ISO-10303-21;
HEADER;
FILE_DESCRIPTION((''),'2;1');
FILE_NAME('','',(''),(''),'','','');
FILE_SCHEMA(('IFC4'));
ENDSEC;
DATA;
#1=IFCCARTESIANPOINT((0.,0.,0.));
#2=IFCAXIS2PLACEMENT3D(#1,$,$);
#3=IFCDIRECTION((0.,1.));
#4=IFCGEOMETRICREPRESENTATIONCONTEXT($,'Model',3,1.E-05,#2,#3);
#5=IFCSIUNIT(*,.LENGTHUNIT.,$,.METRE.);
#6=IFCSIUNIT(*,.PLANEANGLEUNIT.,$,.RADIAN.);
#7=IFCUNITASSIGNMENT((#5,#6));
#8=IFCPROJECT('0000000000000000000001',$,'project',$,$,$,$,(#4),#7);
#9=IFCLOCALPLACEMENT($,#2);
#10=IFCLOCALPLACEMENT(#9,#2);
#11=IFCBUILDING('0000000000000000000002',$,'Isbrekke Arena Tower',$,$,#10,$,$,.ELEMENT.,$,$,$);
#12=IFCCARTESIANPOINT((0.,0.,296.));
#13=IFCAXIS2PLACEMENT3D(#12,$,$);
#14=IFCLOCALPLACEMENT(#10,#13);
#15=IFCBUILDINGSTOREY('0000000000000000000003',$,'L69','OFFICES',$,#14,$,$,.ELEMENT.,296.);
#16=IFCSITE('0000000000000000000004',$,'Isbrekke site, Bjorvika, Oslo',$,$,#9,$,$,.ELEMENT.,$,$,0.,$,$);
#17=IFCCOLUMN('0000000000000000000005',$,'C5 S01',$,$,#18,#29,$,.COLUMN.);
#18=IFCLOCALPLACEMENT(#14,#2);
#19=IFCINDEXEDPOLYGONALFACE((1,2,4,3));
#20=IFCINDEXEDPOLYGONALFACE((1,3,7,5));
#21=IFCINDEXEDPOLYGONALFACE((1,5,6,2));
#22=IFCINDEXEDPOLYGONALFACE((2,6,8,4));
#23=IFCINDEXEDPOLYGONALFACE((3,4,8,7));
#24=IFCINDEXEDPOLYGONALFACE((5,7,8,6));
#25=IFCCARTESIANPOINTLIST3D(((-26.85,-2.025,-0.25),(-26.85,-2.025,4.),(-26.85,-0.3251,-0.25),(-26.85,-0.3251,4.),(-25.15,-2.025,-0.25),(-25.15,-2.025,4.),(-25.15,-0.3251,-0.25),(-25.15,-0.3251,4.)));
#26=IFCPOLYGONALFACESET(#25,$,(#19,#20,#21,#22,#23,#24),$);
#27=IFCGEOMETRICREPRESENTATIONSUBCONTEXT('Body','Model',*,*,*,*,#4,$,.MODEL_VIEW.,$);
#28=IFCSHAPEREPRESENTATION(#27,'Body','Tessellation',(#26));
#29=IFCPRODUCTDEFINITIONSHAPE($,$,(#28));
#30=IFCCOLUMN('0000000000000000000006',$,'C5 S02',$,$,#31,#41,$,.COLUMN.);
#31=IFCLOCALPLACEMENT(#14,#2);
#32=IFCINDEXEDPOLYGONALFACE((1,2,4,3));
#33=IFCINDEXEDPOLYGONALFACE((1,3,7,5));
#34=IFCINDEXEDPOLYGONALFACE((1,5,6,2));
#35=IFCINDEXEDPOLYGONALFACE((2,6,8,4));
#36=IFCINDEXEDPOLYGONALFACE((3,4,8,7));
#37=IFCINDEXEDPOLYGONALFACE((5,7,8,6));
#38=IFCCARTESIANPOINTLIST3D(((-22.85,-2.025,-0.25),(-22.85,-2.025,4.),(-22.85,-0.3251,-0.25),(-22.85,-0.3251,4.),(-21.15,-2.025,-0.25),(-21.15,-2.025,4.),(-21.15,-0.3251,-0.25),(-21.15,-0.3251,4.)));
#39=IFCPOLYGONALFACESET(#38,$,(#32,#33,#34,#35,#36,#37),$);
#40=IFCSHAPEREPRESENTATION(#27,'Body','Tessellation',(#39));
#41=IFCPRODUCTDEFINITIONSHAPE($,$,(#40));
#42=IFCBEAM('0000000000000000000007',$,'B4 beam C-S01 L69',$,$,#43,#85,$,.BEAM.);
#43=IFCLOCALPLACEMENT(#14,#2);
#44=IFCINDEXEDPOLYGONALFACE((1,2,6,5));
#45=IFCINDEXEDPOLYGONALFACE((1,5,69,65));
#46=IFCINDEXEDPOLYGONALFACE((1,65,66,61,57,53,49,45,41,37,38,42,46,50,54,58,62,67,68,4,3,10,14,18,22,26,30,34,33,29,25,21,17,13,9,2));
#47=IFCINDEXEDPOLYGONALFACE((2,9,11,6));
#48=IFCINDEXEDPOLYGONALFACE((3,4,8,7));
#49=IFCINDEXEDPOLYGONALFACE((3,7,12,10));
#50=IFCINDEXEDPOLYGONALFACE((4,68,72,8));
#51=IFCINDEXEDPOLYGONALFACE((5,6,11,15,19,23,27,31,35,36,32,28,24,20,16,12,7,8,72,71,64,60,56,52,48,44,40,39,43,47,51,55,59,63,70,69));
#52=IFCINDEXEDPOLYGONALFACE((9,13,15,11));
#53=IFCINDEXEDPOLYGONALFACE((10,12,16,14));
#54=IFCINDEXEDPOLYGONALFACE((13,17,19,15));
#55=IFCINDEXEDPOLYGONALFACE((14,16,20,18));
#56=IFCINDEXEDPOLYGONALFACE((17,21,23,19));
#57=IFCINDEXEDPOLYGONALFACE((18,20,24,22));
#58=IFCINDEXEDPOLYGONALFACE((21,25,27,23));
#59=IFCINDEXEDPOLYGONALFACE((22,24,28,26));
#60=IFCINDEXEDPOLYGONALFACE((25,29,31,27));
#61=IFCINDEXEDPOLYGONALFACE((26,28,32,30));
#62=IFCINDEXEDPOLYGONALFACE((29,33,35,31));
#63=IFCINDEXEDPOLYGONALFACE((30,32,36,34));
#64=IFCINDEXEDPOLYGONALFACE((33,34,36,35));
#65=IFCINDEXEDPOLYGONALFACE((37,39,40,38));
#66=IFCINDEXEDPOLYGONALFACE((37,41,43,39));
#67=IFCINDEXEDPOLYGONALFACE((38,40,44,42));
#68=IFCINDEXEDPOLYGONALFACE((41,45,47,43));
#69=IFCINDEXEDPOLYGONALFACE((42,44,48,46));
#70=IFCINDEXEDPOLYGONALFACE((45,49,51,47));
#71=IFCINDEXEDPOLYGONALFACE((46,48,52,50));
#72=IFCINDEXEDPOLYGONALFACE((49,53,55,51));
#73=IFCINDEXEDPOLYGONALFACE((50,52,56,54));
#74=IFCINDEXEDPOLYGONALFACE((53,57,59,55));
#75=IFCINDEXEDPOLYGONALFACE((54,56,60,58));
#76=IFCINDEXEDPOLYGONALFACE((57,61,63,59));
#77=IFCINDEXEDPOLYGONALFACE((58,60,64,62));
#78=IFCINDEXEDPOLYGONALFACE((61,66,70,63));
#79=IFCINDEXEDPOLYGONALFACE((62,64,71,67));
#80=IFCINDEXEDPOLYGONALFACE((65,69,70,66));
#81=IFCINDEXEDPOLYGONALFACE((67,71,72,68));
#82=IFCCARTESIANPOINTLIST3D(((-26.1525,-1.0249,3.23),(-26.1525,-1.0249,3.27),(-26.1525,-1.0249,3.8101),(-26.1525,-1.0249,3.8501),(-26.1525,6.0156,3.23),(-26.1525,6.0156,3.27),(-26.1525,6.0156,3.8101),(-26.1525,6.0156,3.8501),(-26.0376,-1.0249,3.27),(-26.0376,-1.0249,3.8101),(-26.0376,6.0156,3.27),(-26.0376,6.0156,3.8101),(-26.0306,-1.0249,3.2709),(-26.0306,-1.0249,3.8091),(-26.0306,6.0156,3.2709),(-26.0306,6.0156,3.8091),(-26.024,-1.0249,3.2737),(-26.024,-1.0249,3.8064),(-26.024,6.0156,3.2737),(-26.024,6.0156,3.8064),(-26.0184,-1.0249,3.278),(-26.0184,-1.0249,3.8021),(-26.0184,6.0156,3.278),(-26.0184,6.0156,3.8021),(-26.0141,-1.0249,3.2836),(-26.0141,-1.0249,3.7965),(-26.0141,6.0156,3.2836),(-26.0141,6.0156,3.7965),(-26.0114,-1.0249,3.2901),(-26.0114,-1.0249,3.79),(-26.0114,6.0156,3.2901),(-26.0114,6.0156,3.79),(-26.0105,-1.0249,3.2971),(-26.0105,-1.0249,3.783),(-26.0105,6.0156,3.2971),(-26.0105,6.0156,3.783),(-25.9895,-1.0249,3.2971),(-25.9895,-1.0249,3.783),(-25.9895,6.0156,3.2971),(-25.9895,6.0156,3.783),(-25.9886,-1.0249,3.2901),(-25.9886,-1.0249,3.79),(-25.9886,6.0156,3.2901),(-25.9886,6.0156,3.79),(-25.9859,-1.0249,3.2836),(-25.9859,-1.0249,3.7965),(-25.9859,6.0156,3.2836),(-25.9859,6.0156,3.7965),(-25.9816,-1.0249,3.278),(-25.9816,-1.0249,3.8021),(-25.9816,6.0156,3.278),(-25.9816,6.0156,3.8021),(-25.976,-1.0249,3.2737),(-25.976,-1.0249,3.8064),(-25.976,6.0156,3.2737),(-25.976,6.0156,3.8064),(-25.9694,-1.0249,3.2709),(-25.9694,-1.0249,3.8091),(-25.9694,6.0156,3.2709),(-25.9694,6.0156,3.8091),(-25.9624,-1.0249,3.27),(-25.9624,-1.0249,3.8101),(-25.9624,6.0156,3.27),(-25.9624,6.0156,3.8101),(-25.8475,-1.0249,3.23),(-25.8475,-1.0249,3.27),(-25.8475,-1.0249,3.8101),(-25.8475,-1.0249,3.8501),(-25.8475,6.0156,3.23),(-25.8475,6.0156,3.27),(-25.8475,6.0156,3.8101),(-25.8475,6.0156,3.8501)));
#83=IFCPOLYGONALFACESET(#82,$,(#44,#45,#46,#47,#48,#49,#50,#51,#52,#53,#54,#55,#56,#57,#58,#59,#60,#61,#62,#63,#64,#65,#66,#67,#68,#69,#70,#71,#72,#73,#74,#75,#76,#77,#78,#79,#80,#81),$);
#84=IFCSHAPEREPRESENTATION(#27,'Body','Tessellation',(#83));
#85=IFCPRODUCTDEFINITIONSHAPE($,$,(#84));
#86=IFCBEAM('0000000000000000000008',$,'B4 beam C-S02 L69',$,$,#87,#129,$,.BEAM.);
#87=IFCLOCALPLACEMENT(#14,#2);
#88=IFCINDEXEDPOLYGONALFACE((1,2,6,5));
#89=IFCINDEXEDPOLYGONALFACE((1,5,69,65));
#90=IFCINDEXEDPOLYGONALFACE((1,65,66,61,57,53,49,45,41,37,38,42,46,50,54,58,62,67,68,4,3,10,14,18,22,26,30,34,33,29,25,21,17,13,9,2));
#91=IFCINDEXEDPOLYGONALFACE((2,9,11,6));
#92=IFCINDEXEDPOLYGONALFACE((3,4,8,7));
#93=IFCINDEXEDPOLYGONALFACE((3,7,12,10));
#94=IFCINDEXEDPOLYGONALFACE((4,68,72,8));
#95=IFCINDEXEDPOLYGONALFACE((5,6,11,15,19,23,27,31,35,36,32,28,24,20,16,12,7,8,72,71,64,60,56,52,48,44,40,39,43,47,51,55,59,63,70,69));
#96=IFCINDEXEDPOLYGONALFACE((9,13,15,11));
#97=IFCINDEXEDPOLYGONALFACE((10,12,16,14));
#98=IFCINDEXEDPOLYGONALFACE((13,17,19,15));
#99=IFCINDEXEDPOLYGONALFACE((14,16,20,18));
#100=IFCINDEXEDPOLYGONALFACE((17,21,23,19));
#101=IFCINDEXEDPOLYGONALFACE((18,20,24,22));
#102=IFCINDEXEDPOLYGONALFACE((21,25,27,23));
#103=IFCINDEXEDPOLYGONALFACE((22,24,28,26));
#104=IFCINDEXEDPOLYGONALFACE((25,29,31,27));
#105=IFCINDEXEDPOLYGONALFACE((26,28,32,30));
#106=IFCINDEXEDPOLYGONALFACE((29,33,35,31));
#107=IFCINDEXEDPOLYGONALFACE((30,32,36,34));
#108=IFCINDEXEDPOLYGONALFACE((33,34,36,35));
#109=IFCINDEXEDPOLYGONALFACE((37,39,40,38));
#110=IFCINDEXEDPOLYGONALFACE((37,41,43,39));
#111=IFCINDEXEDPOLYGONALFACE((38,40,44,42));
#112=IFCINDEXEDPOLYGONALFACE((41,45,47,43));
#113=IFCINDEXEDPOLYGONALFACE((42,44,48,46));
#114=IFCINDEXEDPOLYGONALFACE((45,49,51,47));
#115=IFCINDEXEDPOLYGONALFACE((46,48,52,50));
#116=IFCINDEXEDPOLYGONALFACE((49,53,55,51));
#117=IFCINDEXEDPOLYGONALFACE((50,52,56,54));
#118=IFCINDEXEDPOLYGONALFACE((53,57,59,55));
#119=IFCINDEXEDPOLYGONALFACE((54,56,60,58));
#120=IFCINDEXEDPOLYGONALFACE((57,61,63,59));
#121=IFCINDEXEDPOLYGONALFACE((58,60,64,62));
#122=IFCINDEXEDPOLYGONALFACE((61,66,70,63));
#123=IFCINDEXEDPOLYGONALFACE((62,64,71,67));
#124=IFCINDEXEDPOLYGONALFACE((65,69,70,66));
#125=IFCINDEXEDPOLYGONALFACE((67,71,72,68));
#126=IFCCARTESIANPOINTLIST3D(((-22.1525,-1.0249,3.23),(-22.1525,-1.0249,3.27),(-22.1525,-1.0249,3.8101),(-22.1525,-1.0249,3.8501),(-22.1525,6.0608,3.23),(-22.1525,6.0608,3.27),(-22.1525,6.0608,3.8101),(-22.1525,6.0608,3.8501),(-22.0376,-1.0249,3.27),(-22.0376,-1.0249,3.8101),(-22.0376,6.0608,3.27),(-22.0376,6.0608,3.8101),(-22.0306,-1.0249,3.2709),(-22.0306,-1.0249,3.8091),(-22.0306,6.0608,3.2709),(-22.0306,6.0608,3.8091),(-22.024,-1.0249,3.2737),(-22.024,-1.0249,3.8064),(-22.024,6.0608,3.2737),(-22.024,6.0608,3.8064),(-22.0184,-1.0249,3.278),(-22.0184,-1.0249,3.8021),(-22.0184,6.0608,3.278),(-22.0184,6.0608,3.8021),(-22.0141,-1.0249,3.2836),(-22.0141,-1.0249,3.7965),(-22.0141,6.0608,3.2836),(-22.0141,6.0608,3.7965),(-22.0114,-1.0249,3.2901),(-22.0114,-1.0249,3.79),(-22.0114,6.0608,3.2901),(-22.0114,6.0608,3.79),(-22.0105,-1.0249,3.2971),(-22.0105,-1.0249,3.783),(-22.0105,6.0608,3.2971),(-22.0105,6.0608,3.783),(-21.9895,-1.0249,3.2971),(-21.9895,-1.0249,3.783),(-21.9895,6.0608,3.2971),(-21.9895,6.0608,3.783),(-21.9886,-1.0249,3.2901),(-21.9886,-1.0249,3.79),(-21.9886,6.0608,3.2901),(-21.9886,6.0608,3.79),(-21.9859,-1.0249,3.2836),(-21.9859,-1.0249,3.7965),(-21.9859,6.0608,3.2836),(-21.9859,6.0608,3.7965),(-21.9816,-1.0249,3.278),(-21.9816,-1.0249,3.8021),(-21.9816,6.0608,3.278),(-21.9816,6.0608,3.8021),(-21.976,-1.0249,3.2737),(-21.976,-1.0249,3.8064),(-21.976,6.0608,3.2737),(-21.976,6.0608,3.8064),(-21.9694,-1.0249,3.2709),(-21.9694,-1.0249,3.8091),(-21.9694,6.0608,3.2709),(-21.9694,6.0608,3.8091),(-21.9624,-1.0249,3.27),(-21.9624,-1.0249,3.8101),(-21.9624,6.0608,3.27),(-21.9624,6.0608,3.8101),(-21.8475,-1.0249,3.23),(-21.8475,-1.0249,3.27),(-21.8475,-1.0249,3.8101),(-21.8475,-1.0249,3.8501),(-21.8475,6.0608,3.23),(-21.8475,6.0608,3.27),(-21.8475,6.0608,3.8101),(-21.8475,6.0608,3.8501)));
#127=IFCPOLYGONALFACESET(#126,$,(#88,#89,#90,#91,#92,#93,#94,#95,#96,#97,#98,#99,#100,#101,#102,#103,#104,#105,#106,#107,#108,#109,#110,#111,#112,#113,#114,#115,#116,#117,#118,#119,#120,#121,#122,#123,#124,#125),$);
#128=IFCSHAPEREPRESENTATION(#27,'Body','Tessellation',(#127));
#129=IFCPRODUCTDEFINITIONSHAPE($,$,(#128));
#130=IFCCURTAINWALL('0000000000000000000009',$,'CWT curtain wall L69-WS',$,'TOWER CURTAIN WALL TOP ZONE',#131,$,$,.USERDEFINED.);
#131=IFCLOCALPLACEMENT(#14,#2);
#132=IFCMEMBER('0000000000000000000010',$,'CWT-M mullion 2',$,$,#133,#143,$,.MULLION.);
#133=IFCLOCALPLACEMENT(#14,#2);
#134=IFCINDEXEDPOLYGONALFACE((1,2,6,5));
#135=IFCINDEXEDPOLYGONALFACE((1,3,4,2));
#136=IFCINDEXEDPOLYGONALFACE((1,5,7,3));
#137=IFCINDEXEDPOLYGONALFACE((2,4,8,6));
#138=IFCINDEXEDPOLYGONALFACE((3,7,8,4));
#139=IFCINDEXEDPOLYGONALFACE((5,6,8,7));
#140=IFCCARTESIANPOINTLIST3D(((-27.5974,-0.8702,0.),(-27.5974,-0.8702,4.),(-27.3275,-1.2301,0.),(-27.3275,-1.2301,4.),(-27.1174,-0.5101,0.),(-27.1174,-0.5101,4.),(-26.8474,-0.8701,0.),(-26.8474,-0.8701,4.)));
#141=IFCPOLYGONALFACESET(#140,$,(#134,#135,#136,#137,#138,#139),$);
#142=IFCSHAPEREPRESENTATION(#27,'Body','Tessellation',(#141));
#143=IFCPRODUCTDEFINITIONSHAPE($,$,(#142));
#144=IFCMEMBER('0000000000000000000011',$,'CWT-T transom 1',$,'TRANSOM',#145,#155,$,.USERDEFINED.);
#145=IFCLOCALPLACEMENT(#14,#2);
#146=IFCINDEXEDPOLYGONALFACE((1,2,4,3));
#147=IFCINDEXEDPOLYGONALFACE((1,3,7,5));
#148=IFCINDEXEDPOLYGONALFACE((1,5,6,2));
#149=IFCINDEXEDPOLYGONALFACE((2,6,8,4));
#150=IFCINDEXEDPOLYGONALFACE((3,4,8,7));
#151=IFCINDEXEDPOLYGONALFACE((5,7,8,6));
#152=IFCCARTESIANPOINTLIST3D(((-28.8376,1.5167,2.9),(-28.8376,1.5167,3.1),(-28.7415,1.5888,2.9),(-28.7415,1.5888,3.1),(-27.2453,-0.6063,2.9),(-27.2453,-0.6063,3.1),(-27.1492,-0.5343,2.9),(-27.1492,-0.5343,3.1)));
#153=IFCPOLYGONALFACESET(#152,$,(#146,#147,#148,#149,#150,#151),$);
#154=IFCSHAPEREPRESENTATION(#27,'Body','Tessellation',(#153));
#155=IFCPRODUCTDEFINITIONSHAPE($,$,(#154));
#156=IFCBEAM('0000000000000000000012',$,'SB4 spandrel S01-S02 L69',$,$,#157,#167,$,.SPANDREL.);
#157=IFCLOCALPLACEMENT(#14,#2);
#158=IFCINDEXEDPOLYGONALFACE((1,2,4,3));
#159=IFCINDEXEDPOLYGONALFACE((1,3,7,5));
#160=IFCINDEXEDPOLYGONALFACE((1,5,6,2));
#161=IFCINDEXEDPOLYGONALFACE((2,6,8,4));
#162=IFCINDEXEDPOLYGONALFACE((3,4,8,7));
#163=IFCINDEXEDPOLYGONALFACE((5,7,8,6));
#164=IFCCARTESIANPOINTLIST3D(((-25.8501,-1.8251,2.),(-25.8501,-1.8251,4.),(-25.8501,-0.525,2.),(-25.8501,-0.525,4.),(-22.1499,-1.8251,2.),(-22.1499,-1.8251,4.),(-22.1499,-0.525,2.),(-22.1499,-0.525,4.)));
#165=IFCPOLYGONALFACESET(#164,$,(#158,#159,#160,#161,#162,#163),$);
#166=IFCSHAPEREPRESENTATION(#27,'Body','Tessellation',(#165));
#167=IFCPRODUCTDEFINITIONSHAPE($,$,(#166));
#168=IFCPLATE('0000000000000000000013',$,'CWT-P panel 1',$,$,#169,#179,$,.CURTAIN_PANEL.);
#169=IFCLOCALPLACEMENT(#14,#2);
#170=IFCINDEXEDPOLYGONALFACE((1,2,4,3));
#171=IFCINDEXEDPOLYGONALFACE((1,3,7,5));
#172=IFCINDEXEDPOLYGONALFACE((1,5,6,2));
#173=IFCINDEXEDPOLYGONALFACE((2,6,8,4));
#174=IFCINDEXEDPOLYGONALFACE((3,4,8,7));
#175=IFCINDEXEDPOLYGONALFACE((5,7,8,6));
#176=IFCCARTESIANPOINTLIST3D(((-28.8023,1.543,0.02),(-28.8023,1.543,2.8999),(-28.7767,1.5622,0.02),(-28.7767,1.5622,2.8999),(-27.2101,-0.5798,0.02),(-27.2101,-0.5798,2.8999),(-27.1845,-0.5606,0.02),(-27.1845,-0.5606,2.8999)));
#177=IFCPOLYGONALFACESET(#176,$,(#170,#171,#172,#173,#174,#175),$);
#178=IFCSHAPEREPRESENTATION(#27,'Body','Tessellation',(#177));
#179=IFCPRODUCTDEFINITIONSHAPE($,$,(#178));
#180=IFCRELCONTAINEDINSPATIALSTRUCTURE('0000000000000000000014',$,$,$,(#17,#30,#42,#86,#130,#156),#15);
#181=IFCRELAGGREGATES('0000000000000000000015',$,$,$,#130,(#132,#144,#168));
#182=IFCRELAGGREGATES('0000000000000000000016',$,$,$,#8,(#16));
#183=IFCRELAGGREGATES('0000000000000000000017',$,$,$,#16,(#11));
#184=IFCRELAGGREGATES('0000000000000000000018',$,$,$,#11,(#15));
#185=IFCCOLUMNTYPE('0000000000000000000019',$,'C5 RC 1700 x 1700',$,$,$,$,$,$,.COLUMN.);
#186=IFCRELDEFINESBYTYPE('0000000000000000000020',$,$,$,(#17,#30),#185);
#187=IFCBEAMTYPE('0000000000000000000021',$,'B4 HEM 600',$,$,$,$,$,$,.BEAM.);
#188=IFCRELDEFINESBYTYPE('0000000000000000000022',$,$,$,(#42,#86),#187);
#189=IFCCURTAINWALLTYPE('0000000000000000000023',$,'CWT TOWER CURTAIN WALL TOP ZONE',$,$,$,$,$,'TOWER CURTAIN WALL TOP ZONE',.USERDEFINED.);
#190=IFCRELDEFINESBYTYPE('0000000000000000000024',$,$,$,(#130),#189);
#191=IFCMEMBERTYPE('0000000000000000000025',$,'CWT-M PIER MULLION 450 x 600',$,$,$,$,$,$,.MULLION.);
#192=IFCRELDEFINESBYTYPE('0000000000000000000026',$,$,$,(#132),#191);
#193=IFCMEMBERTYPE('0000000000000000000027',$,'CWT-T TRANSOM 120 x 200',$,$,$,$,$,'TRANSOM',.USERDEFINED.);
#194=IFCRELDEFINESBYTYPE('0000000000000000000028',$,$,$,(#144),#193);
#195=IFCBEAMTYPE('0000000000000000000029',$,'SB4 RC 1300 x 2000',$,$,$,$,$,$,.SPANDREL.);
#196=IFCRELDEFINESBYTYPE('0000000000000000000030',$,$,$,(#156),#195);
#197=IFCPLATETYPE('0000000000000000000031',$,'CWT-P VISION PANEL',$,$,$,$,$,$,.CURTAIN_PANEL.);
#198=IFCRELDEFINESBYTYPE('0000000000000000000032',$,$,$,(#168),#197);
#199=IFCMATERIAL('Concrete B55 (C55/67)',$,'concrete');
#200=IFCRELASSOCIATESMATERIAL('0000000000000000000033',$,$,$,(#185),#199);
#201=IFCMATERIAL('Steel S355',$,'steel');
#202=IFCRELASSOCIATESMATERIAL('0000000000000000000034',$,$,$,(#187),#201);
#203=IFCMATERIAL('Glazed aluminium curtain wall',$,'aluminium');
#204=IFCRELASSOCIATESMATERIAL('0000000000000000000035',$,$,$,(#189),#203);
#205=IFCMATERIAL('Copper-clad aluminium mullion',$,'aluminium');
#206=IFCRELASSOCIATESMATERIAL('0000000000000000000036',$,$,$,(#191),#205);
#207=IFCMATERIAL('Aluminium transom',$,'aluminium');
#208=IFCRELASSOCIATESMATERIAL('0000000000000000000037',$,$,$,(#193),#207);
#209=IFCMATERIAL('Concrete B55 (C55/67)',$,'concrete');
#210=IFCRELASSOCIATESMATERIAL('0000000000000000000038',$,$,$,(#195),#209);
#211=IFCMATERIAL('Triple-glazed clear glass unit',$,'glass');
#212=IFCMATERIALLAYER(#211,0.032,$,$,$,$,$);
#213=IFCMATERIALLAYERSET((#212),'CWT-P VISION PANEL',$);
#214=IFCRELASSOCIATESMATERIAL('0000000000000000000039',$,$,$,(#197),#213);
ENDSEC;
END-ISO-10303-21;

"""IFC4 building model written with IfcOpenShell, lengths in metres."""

from ifc_helpers import new_model, si_unit, direction, frame, origin, origin_2d, place, context, subcontext, project, spatial, rectangle, i_section, extrude, material, layer, layer_set, material_profile, profile_set, type_object, element, aggregate, save


model = new_model("IFC4")

# Units and contexts
model_context = context("Model", 3, precision=1e-05, world=origin(), true_north=direction((0.0, 1.0)))
body_context = subcontext(model_context, "Body", "Model", "MODEL_VIEW")
ifc_project = project(units=[si_unit("LENGTHUNIT", "METRE"), si_unit("PLANEANGLEUNIT", "RADIAN")], contexts=[model_context])

# Site, building, storey
site_placement = place(None, origin())
site = spatial("IfcSite", under=ifc_project, at=site_placement, Name="Isbrekke site, Bjorvika, Oslo", CompositionType="ELEMENT", RefElevation=0.0)
building_placement = place(site_placement, origin())
building = spatial("IfcBuilding", under=site, at=building_placement, Name="Isbrekke Arena Tower", CompositionType="ELEMENT")
storey_placement = place(building_placement, frame((0.0, 0.0, 296.0)))
storey = spatial("IfcBuildingStorey", under=building, at=storey_placement, Name="L69", Description="OFFICES", CompositionType="ELEMENT", Elevation=296.0)

# Columns
ifc_material_1 = material(Name="Concrete B55 (C55/67)", Category="concrete")
ifc_material_profile_1 = material_profile(ifc_material_1, rectangle(XDim=1.7, YDim=1.7, at=origin_2d()), Name="RC 1700x1700")
ifc_profile_set_1 = profile_set([ifc_material_profile_1], Name="Concrete B55 (C55/67)")
column_type = type_object("IfcColumnType", Name="C5 RC 1700 x 1700", PredefinedType="COLUMN", material=ifc_profile_set_1)
for number, where, z_axis, x_axis, name in (
    (1, (-26.0, -1.175, -0.25), (0.0, 0.0, 1.0), (1.0, 0.0, 0.0), "C5 S01"),
    (2, (-22.0, -1.175, -0.25), (0.0, 0.0, 1.0), (1.0, 0.0, 0.0), "C5 S02"),
):
    element("IfcColumn", number, at=place(storey_placement, frame(where, z_axis=z_axis, x_axis=x_axis)), inside=storey, type_object=column_type, Name=name, PredefinedType="COLUMN", context=body_context, shape_type="SweptSolid", body=[
        extrude(rectangle(XDim=1.7, YDim=1.7, at=origin_2d()), origin(), (0.0, 0.0, 1.0), 4.25),
    ])

# Beams
ifc_material_2 = material(Name="Steel S355", Category="steel")
ifc_material_profile_2 = material_profile(ifc_material_2, i_section(OverallWidth=0.3049, OverallDepth=0.6201, WebThickness=0.021, FlangeThickness=0.04, FilletRadius=0.0271, at=origin_2d()), Name="HEM 600")
ifc_profile_set_2 = profile_set([ifc_material_profile_2], Name="Steel S355")
beam_type_1 = type_object("IfcBeamType", Name="B4 HEM 600", PredefinedType="BEAM", material=ifc_profile_set_2)
beam_1_placement = place(storey_placement, frame((-26.0, -1.0249, 3.54), z_axis=(0.0, 1.0, 0.0), x_axis=(-1.0, 0.0, 0.0)))
element("IfcBeam", 3, at=beam_1_placement, inside=storey, type_object=beam_type_1, Name="B4 beam C-S01 L69", PredefinedType="BEAM", context=body_context, shape_type="SweptSolid", body=[
    extrude(i_section(OverallWidth=0.3049, OverallDepth=0.6201, WebThickness=0.021, FlangeThickness=0.04, FilletRadius=0.0271, at=origin_2d()), origin(), (0.0, 0.0, 1.0), 7.0405),
])
beam_2_placement = place(storey_placement, frame((-22.0, -1.0249, 3.54), z_axis=(0.0, 1.0, 0.0), x_axis=(-1.0, 0.0, 0.0)))
element("IfcBeam", 4, at=beam_2_placement, inside=storey, type_object=beam_type_1, Name="B4 beam C-S02 L69", PredefinedType="BEAM", context=body_context, shape_type="SweptSolid", body=[
    extrude(i_section(OverallWidth=0.3049, OverallDepth=0.6201, WebThickness=0.021, FlangeThickness=0.04, FilletRadius=0.0271, at=origin_2d()), origin(), (0.0, 0.0, 1.0), 7.0857),
])

# Curtain wall, members
ifc_material_3 = material(Name="Glazed aluminium curtain wall", Category="aluminium")
curtain_wall_type = type_object("IfcCurtainWallType", Name="CWT TOWER CURTAIN WALL TOP ZONE", ElementType="TOWER CURTAIN WALL TOP ZONE", PredefinedType="USERDEFINED", material=ifc_material_3)
curtain_wall_placement = place(storey_placement, origin())
curtain_wall = element("IfcCurtainWall", 5, at=curtain_wall_placement, inside=storey, type_object=curtain_wall_type, Name="CWT curtain wall L69-WS", ObjectType="TOWER CURTAIN WALL TOP ZONE", PredefinedType="USERDEFINED")
ifc_material_4 = material(Name="Copper-clad aluminium mullion", Category="aluminium")
ifc_material_profile_3 = material_profile(ifc_material_4, rectangle(XDim=0.45, YDim=0.6001, at=origin_2d()), Name="PIER 450X600")
ifc_profile_set_3 = profile_set([ifc_material_profile_3], Name="Copper-clad aluminium mullion")
member_type_1 = type_object("IfcMemberType", Name="CWT-M PIER MULLION 450 x 600", PredefinedType="MULLION", material=ifc_profile_set_3)
member_1_placement = place(storey_placement, frame((-27.2224, -0.8701, 0.0), z_axis=(0.0, 0.0, 1.0), x_axis=(0.6, -0.8, 0.0)))
member_1 = element("IfcMember", 6, at=member_1_placement, type_object=member_type_1, Name="CWT-M mullion 2", PredefinedType="MULLION", context=body_context, shape_type="SweptSolid", body=[
    extrude(rectangle(XDim=0.45, YDim=0.6001, at=origin_2d()), origin(), (0.0, 0.0, 1.0), 4.0),
])
ifc_material_5 = material(Name="Aluminium transom", Category="aluminium")
ifc_material_profile_4 = material_profile(ifc_material_5, rectangle(XDim=0.1201, YDim=0.2, at=origin_2d()), Name="TRANSOM 120X200")
ifc_profile_set_4 = profile_set([ifc_material_profile_4], Name="Aluminium transom")
member_type_2 = type_object("IfcMemberType", Name="CWT-T TRANSOM 120 x 200", ElementType="TRANSOM", PredefinedType="USERDEFINED", material=ifc_profile_set_4)
member_2_placement = place(storey_placement, frame((-28.7896, 1.5527, 3.0), z_axis=(0.6, -0.8, 0.0), x_axis=(0.8, 0.6, 0.0)))
member_2 = element("IfcMember", 7, at=member_2_placement, type_object=member_type_2, Name="CWT-T transom 1", ObjectType="TRANSOM", PredefinedType="USERDEFINED", context=body_context, shape_type="SweptSolid", body=[
    extrude(rectangle(XDim=0.1201, YDim=0.2, at=origin_2d()), origin(), (0.0, 0.0, 1.0), 2.6538),
])

# Beam
ifc_material_6 = material(Name="Concrete B55 (C55/67)", Category="concrete")
ifc_material_profile_5 = material_profile(ifc_material_6, rectangle(XDim=1.3, YDim=2.0, at=origin_2d()), Name="RC 1300x2000")
ifc_profile_set_5 = profile_set([ifc_material_profile_5], Name="Concrete B55 (C55/67)")
beam_type_2 = type_object("IfcBeamType", Name="SB4 RC 1300 x 2000", PredefinedType="SPANDREL", material=ifc_profile_set_5)
beam_3_placement = place(storey_placement, frame((-25.8501, -1.175, 3.0), z_axis=(1.0, 0.0, 0.0), x_axis=(0.0, 1.0, 0.0)))
element("IfcBeam", 8, at=beam_3_placement, inside=storey, type_object=beam_type_2, Name="SB4 spandrel S01-S02 L69", PredefinedType="SPANDREL", context=body_context, shape_type="SweptSolid", body=[
    extrude(rectangle(XDim=1.3, YDim=2.0, at=origin_2d()), origin(), (0.0, 0.0, 1.0), 3.7002),
])

# Plate
ifc_material_7 = material(Name="Triple-glazed clear glass unit", Category="glass")
ifc_layer_1 = layer(ifc_material_7, 0.032)
ifc_layer_set_1 = layer_set([ifc_layer_1], Name="CWT-P VISION PANEL")
plate_type = type_object("IfcPlateType", Name="CWT-P VISION PANEL", PredefinedType="CURTAIN_PANEL", material=ifc_layer_set_1)
plate_placement = place(storey_placement, frame((-27.9934, 0.4912, 0.02), z_axis=(0.0, 0.0, 1.0), x_axis=(0.6, -0.8, 0.0)))
plate = element("IfcPlate", 9, at=plate_placement, type_object=plate_type, Name="CWT-P panel 1", PredefinedType="CURTAIN_PANEL", context=body_context, shape_type="SweptSolid", body=[
    extrude(rectangle(XDim=2.6536, YDim=0.032, at=origin_2d()), origin(), (0.0, 0.0, 1.0), 2.8799),
])
aggregate(curtain_wall, [member_1, member_2, plate])

save(model, "model.ifc")
